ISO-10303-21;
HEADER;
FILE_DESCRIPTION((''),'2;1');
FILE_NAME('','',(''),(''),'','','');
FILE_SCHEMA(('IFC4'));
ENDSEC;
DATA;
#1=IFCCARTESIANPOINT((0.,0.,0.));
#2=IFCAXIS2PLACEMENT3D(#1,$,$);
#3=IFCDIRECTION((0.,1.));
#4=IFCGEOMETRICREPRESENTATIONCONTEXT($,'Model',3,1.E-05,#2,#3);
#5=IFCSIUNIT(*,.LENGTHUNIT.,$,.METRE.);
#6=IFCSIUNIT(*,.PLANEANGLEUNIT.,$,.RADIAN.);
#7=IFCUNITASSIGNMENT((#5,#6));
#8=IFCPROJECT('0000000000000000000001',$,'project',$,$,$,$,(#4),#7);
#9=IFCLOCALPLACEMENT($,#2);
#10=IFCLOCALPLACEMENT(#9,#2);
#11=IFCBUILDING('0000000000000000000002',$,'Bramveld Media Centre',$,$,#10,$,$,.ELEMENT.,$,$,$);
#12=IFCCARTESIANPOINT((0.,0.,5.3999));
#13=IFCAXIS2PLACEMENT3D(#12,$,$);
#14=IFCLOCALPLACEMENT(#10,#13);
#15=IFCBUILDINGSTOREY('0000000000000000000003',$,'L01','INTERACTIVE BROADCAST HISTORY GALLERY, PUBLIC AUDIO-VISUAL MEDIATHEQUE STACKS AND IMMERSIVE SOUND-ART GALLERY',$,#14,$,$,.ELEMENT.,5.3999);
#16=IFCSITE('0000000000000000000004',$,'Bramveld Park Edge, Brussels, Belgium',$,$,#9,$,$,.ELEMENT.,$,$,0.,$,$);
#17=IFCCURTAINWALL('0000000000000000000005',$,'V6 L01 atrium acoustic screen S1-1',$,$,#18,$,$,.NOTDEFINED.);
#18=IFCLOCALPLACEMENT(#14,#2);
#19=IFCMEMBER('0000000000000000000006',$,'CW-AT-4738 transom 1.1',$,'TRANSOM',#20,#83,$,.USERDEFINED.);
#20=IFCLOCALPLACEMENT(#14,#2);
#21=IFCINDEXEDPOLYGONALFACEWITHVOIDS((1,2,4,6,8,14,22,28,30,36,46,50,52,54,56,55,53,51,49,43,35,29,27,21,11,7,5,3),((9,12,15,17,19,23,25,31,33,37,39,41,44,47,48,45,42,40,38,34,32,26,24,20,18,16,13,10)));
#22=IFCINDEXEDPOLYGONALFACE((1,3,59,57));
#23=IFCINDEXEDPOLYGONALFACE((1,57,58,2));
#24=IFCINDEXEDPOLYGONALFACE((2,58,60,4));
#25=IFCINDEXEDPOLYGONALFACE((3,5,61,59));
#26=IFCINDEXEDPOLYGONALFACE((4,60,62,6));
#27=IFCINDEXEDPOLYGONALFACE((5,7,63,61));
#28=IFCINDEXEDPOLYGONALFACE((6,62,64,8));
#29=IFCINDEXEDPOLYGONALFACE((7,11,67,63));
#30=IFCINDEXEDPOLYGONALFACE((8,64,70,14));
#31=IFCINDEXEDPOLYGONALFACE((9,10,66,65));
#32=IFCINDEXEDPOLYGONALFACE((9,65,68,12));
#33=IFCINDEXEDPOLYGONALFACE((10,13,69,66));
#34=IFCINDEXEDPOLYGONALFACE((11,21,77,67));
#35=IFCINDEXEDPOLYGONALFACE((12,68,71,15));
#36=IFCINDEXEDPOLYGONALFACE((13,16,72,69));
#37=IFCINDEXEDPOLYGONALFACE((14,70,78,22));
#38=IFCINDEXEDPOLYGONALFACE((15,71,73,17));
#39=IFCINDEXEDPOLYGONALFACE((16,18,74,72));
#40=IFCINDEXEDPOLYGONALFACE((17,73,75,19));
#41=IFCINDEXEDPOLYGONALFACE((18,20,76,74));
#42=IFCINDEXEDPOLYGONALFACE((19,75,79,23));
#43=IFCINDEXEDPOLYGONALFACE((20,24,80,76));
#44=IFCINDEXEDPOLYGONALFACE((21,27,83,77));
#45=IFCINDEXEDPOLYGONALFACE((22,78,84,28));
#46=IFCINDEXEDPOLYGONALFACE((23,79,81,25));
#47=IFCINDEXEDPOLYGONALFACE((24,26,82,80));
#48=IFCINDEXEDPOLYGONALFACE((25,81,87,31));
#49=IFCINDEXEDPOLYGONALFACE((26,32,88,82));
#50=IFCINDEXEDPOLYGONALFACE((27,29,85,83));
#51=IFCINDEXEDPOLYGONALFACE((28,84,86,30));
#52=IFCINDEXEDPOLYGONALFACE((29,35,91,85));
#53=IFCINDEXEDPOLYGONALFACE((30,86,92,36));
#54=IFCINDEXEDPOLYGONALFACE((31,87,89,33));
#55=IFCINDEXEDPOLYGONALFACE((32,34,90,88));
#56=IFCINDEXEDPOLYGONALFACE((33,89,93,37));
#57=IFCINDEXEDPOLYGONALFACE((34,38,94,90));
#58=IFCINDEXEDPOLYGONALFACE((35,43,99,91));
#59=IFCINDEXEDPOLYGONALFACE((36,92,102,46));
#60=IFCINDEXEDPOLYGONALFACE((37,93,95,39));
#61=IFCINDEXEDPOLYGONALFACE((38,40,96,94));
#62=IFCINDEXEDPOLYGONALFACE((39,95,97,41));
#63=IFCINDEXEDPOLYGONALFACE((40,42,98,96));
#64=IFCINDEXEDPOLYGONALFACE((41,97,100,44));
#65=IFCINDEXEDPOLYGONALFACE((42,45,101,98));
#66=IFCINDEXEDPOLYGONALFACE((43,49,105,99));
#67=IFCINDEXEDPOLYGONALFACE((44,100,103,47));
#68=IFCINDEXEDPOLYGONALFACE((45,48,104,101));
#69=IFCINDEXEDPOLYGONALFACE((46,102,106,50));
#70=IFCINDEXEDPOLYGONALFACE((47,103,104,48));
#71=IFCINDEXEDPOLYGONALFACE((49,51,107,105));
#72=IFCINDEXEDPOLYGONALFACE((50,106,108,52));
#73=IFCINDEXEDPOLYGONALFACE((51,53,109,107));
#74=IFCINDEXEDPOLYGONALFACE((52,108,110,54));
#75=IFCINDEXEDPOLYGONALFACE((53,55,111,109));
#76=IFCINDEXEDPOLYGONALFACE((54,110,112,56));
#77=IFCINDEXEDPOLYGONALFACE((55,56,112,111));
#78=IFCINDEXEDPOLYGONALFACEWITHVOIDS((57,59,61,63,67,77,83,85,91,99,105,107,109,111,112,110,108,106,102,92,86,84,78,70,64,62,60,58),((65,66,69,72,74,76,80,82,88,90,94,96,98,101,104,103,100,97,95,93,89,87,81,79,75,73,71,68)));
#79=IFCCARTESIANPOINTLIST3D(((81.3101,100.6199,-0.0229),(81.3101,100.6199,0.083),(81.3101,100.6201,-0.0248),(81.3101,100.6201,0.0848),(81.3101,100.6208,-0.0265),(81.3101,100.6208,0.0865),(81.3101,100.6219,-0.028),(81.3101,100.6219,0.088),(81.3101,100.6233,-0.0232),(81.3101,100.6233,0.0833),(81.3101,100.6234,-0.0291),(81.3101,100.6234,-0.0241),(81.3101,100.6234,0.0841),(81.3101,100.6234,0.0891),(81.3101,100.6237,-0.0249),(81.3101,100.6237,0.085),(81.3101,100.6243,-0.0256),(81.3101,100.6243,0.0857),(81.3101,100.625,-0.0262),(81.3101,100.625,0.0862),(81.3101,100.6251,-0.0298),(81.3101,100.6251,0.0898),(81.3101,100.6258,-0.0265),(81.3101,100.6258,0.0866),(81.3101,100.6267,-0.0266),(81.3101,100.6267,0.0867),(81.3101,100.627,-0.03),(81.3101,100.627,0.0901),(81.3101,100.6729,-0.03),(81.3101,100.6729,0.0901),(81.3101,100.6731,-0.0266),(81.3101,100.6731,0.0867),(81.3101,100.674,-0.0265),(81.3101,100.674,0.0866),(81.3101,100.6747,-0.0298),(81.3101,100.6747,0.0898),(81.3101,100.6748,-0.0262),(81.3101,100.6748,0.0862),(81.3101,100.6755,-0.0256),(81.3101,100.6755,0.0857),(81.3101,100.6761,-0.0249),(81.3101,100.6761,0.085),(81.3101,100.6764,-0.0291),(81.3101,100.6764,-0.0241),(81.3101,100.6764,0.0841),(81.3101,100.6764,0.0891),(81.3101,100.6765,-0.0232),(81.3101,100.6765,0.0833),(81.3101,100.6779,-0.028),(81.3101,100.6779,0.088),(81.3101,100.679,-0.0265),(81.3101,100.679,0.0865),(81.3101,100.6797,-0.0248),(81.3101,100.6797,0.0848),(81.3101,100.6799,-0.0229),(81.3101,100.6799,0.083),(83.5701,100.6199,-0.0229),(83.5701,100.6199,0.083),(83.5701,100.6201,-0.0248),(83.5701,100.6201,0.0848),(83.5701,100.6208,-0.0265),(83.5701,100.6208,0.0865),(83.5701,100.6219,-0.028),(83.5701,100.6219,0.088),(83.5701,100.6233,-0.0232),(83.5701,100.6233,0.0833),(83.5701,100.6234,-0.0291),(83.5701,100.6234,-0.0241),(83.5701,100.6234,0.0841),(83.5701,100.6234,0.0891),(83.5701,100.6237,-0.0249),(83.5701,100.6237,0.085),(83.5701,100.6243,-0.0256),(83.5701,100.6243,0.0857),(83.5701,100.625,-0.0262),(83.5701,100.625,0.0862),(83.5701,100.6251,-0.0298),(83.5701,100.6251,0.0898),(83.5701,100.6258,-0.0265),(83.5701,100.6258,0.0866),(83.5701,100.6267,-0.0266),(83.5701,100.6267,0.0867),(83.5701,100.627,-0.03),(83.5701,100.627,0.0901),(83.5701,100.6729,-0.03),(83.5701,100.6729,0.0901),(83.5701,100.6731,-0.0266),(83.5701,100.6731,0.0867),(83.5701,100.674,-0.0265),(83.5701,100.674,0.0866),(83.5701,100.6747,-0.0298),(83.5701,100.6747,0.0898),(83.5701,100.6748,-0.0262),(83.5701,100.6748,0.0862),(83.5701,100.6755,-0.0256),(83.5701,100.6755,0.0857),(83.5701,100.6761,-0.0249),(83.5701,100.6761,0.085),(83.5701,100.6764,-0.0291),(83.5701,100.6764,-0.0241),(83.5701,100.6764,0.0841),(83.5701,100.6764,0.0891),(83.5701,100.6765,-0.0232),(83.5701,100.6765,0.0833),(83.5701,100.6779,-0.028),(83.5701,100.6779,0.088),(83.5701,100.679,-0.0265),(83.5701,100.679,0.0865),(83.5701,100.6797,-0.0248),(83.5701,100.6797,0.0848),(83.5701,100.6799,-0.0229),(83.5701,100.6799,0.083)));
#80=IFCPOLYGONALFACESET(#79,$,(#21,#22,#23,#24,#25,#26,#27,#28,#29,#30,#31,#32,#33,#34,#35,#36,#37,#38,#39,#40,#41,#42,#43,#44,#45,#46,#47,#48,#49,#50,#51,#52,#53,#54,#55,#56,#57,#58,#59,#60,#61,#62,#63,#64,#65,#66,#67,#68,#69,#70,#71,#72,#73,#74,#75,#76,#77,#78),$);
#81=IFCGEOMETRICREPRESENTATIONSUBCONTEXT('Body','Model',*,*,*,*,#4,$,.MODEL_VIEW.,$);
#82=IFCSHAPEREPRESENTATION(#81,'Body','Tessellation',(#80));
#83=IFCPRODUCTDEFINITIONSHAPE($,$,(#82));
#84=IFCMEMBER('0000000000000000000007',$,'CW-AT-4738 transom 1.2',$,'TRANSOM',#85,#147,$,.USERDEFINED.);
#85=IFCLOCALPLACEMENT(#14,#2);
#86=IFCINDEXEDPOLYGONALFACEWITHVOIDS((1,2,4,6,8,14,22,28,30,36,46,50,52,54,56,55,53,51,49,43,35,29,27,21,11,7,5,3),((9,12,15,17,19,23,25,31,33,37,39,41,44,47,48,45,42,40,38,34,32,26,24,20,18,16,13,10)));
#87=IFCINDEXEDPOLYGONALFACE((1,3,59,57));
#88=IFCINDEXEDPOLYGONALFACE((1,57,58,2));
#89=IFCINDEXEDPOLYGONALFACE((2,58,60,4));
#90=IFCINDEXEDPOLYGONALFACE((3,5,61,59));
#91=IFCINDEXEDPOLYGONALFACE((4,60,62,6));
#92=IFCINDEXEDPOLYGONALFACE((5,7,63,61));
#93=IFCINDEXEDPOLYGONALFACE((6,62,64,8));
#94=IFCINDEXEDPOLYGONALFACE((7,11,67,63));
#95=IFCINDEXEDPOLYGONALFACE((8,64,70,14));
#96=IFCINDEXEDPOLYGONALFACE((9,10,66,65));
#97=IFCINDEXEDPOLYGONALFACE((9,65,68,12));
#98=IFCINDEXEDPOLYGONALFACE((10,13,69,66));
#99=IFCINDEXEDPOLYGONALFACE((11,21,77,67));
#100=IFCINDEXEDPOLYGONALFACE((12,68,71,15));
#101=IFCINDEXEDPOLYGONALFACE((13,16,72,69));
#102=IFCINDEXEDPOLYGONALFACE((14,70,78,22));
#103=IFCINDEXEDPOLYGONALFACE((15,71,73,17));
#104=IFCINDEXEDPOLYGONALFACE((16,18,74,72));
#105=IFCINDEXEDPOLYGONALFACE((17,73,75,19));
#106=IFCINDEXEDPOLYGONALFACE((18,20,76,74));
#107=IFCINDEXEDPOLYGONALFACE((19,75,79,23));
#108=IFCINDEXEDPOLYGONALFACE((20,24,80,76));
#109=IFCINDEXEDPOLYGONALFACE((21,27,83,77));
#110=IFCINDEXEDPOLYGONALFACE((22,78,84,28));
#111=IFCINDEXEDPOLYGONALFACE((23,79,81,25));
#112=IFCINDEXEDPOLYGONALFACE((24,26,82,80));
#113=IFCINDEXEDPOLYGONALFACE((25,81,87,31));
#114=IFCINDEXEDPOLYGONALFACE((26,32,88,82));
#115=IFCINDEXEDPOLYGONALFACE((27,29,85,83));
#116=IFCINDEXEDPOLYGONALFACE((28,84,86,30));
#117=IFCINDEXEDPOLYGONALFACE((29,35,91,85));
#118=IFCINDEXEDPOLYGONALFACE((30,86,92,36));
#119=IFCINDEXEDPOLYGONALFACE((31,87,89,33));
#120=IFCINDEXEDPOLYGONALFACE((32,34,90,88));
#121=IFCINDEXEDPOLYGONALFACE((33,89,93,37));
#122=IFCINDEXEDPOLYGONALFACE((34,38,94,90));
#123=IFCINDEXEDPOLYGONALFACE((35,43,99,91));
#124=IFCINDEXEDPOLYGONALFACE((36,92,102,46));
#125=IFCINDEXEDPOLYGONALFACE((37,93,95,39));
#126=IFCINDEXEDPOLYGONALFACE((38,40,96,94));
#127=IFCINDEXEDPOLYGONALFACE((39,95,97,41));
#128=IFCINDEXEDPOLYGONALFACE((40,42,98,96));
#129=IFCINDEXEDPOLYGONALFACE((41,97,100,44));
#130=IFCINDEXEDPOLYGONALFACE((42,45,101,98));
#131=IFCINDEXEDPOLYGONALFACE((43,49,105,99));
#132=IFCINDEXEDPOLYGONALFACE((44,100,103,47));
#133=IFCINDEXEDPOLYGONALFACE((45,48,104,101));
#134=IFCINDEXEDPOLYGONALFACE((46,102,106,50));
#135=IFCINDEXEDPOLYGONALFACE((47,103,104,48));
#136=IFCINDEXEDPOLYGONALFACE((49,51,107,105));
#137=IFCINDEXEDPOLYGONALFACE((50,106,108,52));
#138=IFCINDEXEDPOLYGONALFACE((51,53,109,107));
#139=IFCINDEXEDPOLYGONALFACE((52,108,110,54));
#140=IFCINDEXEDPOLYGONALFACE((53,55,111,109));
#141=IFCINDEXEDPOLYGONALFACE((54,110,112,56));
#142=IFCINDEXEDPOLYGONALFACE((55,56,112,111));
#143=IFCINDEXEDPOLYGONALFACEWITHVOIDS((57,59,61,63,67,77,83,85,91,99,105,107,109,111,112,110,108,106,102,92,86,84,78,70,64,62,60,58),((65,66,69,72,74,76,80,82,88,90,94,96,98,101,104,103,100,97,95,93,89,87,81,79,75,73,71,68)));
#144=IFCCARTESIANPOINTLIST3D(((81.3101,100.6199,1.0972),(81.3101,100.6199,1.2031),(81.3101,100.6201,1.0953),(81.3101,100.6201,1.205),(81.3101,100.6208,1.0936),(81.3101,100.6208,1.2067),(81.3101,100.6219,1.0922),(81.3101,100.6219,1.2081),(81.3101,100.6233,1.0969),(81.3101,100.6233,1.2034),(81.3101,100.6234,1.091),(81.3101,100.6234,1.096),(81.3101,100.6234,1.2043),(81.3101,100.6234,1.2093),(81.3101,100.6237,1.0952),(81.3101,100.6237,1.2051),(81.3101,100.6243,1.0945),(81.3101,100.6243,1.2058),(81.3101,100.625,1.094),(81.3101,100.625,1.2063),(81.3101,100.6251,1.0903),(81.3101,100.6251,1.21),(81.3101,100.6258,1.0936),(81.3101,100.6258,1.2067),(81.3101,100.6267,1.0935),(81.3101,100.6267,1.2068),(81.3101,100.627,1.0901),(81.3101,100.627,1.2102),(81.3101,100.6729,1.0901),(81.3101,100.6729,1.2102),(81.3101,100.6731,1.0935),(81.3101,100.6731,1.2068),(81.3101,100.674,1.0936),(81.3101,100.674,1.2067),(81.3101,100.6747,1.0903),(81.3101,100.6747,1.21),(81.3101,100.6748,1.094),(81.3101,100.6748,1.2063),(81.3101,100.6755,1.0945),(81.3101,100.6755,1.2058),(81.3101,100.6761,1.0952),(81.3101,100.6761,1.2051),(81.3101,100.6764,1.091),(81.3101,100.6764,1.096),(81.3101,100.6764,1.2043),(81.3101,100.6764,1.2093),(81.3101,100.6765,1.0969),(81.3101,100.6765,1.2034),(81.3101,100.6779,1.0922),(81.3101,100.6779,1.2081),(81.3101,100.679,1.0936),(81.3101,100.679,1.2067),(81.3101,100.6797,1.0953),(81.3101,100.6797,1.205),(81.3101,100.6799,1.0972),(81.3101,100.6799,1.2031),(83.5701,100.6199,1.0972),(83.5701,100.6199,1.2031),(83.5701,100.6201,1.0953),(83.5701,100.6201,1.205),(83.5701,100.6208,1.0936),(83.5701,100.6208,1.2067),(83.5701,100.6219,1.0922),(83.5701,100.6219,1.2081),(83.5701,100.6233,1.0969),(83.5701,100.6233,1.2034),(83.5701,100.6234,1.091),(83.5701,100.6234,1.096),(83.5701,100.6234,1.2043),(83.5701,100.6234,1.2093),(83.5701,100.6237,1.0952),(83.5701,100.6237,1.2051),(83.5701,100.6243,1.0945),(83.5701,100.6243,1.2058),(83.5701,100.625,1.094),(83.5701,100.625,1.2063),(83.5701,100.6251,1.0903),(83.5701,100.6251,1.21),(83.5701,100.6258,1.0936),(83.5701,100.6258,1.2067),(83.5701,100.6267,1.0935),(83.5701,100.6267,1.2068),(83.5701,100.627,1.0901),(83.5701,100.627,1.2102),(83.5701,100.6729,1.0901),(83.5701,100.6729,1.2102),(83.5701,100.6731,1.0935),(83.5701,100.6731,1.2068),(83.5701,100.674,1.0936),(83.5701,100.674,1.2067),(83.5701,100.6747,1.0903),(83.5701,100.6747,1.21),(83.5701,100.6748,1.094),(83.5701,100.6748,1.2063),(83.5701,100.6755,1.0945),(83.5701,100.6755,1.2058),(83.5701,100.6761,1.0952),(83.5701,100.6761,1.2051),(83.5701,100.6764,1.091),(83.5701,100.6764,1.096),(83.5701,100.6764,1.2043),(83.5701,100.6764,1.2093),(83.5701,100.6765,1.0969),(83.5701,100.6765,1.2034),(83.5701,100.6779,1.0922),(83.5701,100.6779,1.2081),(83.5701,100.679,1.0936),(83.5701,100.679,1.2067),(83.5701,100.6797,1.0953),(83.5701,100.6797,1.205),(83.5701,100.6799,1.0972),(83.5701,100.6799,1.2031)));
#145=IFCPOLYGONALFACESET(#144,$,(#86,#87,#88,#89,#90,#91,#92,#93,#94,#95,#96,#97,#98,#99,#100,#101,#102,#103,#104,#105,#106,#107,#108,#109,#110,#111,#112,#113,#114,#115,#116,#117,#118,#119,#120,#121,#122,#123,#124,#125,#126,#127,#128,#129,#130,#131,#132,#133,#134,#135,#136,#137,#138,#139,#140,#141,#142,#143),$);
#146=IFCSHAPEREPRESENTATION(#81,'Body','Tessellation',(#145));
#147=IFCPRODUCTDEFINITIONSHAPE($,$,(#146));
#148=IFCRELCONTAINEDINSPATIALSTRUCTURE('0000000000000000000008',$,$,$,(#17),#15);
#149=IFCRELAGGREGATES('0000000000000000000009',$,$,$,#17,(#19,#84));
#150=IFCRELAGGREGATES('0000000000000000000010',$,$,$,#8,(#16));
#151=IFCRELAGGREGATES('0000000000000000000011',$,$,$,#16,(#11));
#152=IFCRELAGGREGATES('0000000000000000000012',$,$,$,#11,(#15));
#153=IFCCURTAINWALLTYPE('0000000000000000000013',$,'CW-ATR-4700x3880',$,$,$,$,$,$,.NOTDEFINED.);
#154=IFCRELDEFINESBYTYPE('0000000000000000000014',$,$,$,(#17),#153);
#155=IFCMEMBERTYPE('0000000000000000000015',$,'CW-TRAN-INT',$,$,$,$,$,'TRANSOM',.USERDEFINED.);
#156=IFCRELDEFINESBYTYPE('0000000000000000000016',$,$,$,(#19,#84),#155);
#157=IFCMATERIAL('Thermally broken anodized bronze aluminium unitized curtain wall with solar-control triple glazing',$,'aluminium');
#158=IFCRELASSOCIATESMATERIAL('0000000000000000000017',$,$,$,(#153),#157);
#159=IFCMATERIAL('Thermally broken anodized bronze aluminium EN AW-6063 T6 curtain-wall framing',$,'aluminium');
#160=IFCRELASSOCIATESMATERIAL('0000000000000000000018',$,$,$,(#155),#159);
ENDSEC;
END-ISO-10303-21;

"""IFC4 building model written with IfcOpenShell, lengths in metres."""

from ifc_helpers import new_model, si_unit, direction, frame, origin, origin_2d, place, context, subcontext, project, spatial, hollow_rectangle, extrude, material, material_profile, profile_set, type_object, element, aggregate, save


model = new_model("IFC4")

# Units and contexts
model_context = context("Model", 3, precision=1e-05, world=origin(), true_north=direction((0.0, 1.0)))
body_context = subcontext(model_context, "Body", "Model", "MODEL_VIEW")
ifc_project = project(units=[si_unit("LENGTHUNIT", "METRE"), si_unit("PLANEANGLEUNIT", "RADIAN")], contexts=[model_context])

# Site, building, storey
site_placement = place(None, origin())
site = spatial("IfcSite", under=ifc_project, at=site_placement, Name="Bramveld Park Edge, Brussels, Belgium", CompositionType="ELEMENT", RefElevation=0.0)
building_placement = place(site_placement, origin())
building = spatial("IfcBuilding", under=site, at=building_placement, Name="Bramveld Media Centre", CompositionType="ELEMENT")
storey_placement = place(building_placement, frame((0.0, 0.0, 5.3999)))
storey = spatial("IfcBuildingStorey", under=building, at=storey_placement, Name="L01", Description="INTERACTIVE BROADCAST HISTORY GALLERY, PUBLIC AUDIO-VISUAL MEDIATHEQUE STACKS AND IMMERSIVE SOUND-ART GALLERY", CompositionType="ELEMENT", Elevation=5.3999)

# Curtain wall, members
ifc_material_1 = material(Name="Thermally broken anodized bronze aluminium unitized curtain wall with solar-control triple glazing", Category="aluminium")
curtain_wall_type_1 = type_object("IfcCurtainWallType", Name="CW-ATR-4700x3880", PredefinedType="NOTDEFINED", material=ifc_material_1)
curtain_wall_1_placement = place(storey_placement, origin())
curtain_wall_1 = element("IfcCurtainWall", 1, at=curtain_wall_1_placement, inside=storey, type_object=curtain_wall_type_1, Name="V6 L01 atrium acoustic screen S1-1", PredefinedType="NOTDEFINED")
ifc_material_2 = material(Name="Thermally broken anodized bronze aluminium EN AW-6063 T6 curtain-wall framing", Category="aluminium")
ifc_material_profile_1 = material_profile(ifc_material_2, hollow_rectangle(XDim=0.0601, YDim=0.1201, WallThickness=0.0034, InnerFilletRadius=0.0034, OuterFilletRadius=0.0071, at=origin_2d()), Name="AL-TRAN 60x120")
ifc_profile_set_1 = profile_set([ifc_material_profile_1], Name="Thermally broken anodized bronze aluminium EN AW-6063 T6 curtain-wall framing")
member_type_1 = type_object("IfcMemberType", Name="CW-TRAN-INT", ElementType="TRANSOM", PredefinedType="USERDEFINED", material=ifc_profile_set_1)
member_1_placement = place(storey_placement, frame((81.3101, 100.6499, 0.03), z_axis=(1.0, 0.0, 0.0), x_axis=(0.0, 1.0, 0.0)))
member_1 = element("IfcMember", 2, at=member_1_placement, type_object=member_type_1, Name="CW-AT-4738 transom 1.1", ObjectType="TRANSOM", PredefinedType="USERDEFINED", context=body_context, shape_type="SweptSolid", body=[
    extrude(hollow_rectangle(XDim=0.0601, YDim=0.1201, WallThickness=0.0034, InnerFilletRadius=0.0034, OuterFilletRadius=0.0071, at=origin_2d()), origin(), (0.0, 0.0, 1.0), 2.26),
])
member_2_placement = place(storey_placement, frame((81.3101, 100.6499, 1.1501), z_axis=(1.0, 0.0, 0.0), x_axis=(0.0, 1.0, 0.0)))
member_2 = element("IfcMember", 3, at=member_2_placement, type_object=member_type_1, Name="CW-AT-4738 transom 1.2", ObjectType="TRANSOM", PredefinedType="USERDEFINED", context=body_context, shape_type="SweptSolid", body=[
    extrude(hollow_rectangle(XDim=0.0601, YDim=0.1201, WallThickness=0.0034, InnerFilletRadius=0.0034, OuterFilletRadius=0.0071, at=origin_2d()), origin(), (0.0, 0.0, 1.0), 2.26),
])

aggregate(curtain_wall_1, [member_1, member_2])

save(model, "model.ifc")
